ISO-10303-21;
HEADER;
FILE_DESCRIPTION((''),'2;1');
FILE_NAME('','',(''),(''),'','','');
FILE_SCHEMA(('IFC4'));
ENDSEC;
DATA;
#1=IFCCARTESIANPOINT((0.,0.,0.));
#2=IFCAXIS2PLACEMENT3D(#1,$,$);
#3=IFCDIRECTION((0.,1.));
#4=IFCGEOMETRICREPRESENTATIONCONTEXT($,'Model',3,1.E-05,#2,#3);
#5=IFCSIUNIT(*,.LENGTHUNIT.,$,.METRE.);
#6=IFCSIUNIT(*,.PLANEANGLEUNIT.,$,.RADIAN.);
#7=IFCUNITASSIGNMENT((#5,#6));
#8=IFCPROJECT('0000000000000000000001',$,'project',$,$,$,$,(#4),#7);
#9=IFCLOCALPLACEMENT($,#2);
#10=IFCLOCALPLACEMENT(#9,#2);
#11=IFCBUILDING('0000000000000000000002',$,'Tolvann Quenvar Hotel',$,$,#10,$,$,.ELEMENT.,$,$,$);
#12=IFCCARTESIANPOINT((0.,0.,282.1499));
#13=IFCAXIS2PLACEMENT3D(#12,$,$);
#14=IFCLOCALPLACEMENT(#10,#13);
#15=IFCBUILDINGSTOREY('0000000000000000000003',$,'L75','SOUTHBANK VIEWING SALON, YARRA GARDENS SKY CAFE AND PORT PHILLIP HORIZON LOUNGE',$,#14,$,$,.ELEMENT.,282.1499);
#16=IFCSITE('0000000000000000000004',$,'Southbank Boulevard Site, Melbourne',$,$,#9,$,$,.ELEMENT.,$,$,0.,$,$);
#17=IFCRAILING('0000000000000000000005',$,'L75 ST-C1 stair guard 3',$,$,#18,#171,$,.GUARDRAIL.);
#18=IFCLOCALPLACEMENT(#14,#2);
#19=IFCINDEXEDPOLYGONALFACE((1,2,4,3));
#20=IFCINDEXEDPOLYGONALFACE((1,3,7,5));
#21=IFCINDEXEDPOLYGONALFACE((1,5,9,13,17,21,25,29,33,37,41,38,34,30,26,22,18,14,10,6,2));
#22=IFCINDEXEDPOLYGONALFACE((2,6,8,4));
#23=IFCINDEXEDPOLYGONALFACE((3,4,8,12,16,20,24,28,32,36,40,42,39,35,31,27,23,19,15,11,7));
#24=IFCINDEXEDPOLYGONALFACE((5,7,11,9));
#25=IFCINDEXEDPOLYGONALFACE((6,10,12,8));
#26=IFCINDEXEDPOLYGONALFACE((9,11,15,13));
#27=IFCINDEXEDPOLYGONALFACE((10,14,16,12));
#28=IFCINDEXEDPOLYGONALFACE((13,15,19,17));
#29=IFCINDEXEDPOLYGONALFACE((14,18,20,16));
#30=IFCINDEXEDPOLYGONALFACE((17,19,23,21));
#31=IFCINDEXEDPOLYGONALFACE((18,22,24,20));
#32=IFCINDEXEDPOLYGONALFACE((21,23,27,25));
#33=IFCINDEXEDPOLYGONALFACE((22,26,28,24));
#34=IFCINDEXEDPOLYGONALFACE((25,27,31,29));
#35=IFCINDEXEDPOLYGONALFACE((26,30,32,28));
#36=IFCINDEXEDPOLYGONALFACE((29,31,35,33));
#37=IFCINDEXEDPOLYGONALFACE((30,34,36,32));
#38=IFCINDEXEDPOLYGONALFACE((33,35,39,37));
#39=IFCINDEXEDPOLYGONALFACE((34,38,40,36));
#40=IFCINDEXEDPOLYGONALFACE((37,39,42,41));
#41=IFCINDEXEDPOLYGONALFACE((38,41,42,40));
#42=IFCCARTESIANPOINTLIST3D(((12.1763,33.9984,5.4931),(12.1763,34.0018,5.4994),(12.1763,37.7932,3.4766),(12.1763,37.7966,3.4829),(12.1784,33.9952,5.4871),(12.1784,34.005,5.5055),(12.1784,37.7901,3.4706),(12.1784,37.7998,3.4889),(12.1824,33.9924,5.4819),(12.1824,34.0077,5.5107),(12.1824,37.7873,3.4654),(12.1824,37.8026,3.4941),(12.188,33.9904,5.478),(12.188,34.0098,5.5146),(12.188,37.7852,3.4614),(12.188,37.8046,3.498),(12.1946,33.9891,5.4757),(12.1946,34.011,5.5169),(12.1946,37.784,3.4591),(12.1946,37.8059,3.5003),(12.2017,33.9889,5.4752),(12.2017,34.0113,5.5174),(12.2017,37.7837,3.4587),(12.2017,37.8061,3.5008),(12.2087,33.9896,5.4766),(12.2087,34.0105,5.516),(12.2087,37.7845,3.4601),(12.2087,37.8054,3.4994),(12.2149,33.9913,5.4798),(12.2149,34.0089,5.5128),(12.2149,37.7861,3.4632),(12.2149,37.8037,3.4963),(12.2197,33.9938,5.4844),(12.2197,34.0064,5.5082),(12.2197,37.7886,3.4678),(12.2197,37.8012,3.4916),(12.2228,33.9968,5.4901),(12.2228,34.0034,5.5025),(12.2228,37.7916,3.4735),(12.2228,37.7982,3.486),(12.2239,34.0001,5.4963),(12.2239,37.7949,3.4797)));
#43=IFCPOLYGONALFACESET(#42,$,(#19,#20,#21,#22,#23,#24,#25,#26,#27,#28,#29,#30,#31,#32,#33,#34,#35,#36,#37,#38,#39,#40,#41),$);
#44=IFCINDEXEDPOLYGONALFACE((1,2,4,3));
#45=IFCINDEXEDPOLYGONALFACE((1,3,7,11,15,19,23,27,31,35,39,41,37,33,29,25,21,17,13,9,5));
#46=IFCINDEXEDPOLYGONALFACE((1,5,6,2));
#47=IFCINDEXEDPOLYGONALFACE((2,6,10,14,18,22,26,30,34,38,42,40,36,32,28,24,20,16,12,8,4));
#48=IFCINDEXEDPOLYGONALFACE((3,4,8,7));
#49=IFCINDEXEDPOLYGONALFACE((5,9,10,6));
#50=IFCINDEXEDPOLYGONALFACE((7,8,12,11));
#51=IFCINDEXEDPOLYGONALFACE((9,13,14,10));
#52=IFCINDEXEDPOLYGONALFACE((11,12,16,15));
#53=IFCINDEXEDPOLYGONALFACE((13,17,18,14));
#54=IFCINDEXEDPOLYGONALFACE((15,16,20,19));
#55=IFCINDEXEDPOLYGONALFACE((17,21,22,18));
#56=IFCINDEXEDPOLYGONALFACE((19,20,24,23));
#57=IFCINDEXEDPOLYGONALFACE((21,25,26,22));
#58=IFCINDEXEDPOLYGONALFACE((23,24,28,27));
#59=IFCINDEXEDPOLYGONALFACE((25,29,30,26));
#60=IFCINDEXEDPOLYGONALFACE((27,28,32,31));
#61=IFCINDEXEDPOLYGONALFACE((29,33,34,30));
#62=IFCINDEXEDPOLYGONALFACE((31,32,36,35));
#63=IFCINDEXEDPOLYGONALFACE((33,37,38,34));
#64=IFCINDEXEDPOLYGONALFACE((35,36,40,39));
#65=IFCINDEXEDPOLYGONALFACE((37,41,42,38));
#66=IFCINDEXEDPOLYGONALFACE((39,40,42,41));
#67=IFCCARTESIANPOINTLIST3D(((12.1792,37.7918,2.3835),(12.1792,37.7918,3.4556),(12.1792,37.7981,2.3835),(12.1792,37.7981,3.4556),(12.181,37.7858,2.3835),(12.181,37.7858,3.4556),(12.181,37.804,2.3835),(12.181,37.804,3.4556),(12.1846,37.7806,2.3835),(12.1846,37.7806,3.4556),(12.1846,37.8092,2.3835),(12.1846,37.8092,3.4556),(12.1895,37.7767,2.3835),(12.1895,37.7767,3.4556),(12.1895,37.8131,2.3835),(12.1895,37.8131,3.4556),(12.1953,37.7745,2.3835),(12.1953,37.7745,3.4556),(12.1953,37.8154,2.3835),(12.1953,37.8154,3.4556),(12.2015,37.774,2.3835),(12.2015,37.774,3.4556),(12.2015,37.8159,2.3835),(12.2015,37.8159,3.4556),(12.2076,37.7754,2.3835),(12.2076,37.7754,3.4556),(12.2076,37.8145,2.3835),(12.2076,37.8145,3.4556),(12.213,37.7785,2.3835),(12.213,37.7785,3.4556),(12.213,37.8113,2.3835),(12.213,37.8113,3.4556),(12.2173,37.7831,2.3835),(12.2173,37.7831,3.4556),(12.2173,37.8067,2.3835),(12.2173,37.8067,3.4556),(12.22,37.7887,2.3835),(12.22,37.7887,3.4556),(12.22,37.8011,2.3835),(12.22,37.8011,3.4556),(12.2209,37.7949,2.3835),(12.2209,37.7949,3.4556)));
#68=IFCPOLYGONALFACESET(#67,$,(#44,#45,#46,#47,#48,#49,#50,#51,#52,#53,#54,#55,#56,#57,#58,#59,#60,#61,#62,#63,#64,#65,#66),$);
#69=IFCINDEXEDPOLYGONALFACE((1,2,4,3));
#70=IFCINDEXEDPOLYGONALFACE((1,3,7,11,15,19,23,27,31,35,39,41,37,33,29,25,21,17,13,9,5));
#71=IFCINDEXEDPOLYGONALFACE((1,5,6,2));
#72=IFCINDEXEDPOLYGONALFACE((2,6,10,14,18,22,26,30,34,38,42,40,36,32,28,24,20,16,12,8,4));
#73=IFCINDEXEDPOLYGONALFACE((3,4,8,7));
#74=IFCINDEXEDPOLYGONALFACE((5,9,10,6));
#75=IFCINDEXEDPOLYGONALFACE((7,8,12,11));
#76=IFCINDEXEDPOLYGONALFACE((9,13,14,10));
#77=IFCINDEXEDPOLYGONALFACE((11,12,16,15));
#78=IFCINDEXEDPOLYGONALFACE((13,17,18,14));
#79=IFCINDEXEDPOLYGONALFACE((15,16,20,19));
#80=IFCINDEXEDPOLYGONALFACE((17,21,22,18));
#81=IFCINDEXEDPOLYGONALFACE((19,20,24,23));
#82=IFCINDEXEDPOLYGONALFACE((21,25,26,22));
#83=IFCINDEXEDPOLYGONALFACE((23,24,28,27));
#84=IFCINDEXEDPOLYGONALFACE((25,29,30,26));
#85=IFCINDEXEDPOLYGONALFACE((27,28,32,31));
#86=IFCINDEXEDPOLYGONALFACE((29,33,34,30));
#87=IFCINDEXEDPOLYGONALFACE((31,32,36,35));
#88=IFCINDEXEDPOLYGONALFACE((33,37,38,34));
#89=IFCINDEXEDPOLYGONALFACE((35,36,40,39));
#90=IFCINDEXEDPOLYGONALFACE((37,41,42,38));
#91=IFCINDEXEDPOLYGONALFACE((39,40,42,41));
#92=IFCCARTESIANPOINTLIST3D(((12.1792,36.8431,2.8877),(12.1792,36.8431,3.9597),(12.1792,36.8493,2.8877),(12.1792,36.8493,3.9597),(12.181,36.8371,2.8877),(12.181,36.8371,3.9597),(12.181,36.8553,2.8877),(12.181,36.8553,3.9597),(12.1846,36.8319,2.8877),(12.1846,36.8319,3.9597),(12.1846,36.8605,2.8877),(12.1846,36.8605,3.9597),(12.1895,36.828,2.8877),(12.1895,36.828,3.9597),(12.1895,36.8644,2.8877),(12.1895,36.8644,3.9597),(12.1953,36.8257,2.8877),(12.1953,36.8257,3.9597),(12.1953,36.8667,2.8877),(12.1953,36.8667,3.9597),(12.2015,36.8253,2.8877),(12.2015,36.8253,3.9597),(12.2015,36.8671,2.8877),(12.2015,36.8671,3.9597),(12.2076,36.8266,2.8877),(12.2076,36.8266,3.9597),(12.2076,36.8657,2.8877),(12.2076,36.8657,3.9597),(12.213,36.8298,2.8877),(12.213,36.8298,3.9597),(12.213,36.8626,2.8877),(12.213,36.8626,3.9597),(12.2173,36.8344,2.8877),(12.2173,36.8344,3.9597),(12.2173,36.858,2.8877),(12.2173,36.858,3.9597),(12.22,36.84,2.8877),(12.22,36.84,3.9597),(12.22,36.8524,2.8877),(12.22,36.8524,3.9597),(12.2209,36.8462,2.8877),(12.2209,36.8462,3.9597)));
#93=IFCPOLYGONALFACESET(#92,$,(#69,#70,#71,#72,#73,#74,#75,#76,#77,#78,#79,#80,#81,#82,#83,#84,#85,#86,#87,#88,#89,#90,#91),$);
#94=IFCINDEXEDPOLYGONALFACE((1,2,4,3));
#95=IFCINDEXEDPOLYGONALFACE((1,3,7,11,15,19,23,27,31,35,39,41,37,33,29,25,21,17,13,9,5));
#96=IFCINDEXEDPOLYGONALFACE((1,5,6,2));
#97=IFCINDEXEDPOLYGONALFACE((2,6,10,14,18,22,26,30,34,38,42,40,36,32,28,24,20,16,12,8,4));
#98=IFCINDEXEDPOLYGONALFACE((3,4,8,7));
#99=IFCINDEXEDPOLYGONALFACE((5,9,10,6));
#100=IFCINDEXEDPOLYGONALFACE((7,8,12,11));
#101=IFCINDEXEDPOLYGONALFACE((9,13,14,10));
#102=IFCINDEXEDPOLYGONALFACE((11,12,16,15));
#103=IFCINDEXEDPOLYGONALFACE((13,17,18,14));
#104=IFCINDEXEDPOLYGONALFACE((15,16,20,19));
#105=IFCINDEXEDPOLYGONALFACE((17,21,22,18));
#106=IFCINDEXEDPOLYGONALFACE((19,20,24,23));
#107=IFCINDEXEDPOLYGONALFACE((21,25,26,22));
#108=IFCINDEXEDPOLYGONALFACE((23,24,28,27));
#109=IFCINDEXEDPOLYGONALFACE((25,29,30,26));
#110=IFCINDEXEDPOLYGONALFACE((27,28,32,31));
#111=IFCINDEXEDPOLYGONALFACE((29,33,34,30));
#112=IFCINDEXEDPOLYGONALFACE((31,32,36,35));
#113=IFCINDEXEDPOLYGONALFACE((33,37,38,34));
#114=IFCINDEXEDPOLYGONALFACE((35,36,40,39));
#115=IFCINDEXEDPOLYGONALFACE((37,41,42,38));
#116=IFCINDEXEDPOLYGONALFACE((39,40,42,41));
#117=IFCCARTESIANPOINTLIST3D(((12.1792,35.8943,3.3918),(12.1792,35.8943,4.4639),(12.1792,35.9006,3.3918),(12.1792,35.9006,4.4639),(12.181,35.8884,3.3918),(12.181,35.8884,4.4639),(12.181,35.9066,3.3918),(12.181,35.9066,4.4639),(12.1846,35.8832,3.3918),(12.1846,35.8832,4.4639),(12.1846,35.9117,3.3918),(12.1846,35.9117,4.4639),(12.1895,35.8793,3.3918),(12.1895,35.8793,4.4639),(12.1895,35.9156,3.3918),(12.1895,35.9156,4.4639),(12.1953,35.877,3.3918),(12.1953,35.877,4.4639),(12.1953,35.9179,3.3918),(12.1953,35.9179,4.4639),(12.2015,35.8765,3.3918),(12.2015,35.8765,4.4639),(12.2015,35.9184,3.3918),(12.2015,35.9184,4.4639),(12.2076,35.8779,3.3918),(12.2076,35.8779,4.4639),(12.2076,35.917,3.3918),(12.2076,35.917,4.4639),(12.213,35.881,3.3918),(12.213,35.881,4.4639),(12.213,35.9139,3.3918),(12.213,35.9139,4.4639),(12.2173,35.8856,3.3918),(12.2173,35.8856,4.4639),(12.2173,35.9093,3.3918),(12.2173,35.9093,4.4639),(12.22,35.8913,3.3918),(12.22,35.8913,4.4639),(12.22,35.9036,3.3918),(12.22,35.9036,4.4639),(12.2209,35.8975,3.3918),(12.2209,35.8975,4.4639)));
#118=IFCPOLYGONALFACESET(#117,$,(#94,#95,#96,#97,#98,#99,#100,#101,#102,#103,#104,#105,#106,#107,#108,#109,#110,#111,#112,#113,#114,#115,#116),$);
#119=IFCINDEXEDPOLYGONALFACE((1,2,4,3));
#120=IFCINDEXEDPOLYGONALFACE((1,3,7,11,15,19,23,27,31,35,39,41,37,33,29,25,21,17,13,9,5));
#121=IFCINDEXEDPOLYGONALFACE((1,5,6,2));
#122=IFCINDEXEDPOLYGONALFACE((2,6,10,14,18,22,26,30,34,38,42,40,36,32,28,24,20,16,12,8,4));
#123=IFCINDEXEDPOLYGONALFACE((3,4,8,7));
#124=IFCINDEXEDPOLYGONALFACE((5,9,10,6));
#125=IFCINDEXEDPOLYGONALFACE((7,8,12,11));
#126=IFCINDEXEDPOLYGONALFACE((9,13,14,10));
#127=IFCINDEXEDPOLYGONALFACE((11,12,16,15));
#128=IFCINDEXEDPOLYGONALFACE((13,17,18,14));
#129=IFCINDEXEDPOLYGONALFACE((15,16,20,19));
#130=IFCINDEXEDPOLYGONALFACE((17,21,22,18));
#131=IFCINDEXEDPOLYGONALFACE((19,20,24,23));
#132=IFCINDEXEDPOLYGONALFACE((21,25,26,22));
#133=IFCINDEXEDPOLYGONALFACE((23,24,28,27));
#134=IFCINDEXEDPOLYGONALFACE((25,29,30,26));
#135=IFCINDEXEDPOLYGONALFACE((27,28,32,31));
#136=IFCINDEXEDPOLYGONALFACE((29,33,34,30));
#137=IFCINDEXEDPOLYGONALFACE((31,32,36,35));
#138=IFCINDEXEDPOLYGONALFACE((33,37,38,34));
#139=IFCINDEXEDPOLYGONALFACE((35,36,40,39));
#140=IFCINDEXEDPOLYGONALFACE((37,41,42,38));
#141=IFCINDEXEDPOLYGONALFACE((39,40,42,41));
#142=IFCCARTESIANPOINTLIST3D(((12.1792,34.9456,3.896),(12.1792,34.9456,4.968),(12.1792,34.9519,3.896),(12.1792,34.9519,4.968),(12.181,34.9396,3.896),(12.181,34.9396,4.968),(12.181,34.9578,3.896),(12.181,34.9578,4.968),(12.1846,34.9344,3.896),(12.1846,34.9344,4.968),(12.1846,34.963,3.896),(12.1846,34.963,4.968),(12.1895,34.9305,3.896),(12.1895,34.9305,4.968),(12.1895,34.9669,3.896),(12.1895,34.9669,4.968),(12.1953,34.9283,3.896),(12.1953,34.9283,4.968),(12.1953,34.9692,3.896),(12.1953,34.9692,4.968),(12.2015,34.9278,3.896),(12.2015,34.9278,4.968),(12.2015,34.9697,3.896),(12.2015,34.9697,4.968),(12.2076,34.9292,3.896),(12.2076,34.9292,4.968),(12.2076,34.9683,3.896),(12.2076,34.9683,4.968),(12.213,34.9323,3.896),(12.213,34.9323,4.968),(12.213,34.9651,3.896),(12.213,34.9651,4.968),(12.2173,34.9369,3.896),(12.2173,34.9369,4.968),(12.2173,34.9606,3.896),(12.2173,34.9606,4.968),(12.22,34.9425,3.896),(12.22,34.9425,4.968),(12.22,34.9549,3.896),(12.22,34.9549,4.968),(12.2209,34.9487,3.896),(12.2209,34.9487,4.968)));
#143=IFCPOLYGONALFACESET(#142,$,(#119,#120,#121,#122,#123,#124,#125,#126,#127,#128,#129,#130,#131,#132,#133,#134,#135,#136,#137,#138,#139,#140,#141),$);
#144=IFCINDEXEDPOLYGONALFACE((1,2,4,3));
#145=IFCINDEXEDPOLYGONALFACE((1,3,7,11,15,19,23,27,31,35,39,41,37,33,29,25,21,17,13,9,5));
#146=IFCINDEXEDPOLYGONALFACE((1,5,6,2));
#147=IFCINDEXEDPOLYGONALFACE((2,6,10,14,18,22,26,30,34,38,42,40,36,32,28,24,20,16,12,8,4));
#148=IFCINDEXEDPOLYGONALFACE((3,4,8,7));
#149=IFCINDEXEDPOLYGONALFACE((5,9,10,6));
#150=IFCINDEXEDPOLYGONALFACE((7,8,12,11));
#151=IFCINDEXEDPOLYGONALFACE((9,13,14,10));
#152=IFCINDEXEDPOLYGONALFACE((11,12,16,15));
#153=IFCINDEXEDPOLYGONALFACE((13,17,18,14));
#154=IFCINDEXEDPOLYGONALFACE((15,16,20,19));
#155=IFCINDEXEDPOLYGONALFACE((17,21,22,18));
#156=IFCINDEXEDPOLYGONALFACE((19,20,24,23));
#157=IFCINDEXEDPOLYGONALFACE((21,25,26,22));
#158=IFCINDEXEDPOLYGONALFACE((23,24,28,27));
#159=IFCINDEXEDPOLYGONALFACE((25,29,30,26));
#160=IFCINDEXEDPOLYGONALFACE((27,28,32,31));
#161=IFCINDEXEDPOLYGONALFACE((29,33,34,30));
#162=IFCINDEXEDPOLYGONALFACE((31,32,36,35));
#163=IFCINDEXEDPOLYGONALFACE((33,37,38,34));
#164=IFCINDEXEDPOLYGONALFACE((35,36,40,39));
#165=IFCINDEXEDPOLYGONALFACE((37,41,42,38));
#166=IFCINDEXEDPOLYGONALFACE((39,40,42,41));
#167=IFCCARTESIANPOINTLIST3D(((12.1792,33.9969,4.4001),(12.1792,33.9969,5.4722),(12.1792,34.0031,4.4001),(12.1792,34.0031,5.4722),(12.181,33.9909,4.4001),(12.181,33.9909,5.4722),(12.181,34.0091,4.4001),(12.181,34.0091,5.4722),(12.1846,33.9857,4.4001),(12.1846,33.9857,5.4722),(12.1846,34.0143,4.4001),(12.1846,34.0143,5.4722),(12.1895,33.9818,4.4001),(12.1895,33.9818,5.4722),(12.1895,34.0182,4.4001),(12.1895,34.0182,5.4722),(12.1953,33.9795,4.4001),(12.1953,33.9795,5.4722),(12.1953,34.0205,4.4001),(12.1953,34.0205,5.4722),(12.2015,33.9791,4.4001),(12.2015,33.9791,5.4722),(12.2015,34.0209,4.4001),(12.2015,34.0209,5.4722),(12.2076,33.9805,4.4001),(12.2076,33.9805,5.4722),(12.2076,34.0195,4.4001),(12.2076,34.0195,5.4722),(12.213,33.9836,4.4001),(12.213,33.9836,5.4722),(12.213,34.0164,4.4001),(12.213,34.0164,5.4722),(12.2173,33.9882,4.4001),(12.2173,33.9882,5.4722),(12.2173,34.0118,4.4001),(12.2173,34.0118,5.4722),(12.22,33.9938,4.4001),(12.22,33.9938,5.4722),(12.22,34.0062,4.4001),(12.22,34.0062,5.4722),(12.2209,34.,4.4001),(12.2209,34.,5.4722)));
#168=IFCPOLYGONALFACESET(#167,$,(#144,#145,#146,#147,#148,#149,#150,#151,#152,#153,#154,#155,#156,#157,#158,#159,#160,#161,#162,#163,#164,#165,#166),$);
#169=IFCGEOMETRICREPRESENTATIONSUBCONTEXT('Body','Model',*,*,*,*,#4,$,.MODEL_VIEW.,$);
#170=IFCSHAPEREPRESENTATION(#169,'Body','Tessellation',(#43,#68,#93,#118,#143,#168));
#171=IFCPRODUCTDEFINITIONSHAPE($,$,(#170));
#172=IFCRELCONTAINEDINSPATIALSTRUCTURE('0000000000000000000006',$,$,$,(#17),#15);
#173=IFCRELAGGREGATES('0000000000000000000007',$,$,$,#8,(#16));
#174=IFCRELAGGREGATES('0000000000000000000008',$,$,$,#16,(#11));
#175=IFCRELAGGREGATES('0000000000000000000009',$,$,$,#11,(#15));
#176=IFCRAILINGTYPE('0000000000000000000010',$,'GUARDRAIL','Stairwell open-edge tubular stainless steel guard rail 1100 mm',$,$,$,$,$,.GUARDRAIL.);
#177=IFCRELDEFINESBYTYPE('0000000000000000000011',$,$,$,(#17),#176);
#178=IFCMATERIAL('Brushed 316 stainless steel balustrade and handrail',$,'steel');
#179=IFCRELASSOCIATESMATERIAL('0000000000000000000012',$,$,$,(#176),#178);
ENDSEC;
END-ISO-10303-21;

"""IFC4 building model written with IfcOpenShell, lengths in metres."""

from ifc_helpers import new_model, si_unit, direction, frame, origin, origin_2d, place, context, subcontext, project, spatial, circle, extrude, material, type_object, element, save


model = new_model("IFC4")

# Units and contexts
model_context = context("Model", 3, precision=1e-05, world=origin(), true_north=direction((0.0, 1.0)))
body_context = subcontext(model_context, "Body", "Model", "MODEL_VIEW")
ifc_project = project(units=[si_unit("LENGTHUNIT", "METRE"), si_unit("PLANEANGLEUNIT", "RADIAN")], contexts=[model_context])

# Site, building, storey
site_placement = place(None, origin())
site = spatial("IfcSite", under=ifc_project, at=site_placement, Name="Southbank Boulevard Site, Melbourne", CompositionType="ELEMENT", RefElevation=0.0)
building_placement = place(site_placement, origin())
building = spatial("IfcBuilding", under=site, at=building_placement, Name="Tolvann Quenvar Hotel", CompositionType="ELEMENT")
storey_placement = place(building_placement, frame((0.0, 0.0, 282.1499)))
storey = spatial("IfcBuildingStorey", under=building, at=storey_placement, Name="L75", Description="SOUTHBANK VIEWING SALON, YARRA GARDENS SKY CAFE AND PORT PHILLIP HORIZON LOUNGE", CompositionType="ELEMENT", Elevation=282.1499)

# Railing
ifc_material_1 = material(Name="Brushed 316 stainless steel balustrade and handrail", Category="steel")
railing_type = type_object("IfcRailingType", Name="GUARDRAIL", Description="Stairwell open-edge tubular stainless steel guard rail 1100 mm", PredefinedType="GUARDRAIL", material=ifc_material_1)
railing_1_placement = place(storey_placement, frame((12.2, 37.7949, 2.3835)))
element("IfcRailing", 1, at=railing_1_placement, inside=storey, type_object=railing_type, Name="L75 ST-C1 stair guard 3", PredefinedType="GUARDRAIL", context=body_context, shape_type="SweptSolid", body=[
    extrude(circle(Radius=0.0239, at=origin_2d()), frame((0.0, 0.0, 1.0962), z_axis=(0.0, -0.883063, 0.469255), x_axis=(1.0, 0.0, 0.0)), (0.0, 0.0, 1.0), 4.2974),
    extrude(circle(Radius=0.021, at=origin_2d()), origin(), (0.0, 0.0, 1.0), 1.072),
    extrude(circle(Radius=0.021, at=origin_2d()), frame((0.0, -0.9487, 0.5042)), (0.0, 0.0, 1.0), 1.072),
    extrude(circle(Radius=0.021, at=origin_2d()), frame((0.0, -1.8975, 1.0083)), (0.0, 0.0, 1.0), 1.072),
    extrude(circle(Radius=0.021, at=origin_2d()), frame((0.0, -2.8462, 1.5125)), (0.0, 0.0, 1.0), 1.072),
    extrude(circle(Radius=0.021, at=origin_2d()), frame((0.0, -3.7949, 2.0166)), (0.0, 0.0, 1.0), 1.072),
])

save(model, "model.ifc")
